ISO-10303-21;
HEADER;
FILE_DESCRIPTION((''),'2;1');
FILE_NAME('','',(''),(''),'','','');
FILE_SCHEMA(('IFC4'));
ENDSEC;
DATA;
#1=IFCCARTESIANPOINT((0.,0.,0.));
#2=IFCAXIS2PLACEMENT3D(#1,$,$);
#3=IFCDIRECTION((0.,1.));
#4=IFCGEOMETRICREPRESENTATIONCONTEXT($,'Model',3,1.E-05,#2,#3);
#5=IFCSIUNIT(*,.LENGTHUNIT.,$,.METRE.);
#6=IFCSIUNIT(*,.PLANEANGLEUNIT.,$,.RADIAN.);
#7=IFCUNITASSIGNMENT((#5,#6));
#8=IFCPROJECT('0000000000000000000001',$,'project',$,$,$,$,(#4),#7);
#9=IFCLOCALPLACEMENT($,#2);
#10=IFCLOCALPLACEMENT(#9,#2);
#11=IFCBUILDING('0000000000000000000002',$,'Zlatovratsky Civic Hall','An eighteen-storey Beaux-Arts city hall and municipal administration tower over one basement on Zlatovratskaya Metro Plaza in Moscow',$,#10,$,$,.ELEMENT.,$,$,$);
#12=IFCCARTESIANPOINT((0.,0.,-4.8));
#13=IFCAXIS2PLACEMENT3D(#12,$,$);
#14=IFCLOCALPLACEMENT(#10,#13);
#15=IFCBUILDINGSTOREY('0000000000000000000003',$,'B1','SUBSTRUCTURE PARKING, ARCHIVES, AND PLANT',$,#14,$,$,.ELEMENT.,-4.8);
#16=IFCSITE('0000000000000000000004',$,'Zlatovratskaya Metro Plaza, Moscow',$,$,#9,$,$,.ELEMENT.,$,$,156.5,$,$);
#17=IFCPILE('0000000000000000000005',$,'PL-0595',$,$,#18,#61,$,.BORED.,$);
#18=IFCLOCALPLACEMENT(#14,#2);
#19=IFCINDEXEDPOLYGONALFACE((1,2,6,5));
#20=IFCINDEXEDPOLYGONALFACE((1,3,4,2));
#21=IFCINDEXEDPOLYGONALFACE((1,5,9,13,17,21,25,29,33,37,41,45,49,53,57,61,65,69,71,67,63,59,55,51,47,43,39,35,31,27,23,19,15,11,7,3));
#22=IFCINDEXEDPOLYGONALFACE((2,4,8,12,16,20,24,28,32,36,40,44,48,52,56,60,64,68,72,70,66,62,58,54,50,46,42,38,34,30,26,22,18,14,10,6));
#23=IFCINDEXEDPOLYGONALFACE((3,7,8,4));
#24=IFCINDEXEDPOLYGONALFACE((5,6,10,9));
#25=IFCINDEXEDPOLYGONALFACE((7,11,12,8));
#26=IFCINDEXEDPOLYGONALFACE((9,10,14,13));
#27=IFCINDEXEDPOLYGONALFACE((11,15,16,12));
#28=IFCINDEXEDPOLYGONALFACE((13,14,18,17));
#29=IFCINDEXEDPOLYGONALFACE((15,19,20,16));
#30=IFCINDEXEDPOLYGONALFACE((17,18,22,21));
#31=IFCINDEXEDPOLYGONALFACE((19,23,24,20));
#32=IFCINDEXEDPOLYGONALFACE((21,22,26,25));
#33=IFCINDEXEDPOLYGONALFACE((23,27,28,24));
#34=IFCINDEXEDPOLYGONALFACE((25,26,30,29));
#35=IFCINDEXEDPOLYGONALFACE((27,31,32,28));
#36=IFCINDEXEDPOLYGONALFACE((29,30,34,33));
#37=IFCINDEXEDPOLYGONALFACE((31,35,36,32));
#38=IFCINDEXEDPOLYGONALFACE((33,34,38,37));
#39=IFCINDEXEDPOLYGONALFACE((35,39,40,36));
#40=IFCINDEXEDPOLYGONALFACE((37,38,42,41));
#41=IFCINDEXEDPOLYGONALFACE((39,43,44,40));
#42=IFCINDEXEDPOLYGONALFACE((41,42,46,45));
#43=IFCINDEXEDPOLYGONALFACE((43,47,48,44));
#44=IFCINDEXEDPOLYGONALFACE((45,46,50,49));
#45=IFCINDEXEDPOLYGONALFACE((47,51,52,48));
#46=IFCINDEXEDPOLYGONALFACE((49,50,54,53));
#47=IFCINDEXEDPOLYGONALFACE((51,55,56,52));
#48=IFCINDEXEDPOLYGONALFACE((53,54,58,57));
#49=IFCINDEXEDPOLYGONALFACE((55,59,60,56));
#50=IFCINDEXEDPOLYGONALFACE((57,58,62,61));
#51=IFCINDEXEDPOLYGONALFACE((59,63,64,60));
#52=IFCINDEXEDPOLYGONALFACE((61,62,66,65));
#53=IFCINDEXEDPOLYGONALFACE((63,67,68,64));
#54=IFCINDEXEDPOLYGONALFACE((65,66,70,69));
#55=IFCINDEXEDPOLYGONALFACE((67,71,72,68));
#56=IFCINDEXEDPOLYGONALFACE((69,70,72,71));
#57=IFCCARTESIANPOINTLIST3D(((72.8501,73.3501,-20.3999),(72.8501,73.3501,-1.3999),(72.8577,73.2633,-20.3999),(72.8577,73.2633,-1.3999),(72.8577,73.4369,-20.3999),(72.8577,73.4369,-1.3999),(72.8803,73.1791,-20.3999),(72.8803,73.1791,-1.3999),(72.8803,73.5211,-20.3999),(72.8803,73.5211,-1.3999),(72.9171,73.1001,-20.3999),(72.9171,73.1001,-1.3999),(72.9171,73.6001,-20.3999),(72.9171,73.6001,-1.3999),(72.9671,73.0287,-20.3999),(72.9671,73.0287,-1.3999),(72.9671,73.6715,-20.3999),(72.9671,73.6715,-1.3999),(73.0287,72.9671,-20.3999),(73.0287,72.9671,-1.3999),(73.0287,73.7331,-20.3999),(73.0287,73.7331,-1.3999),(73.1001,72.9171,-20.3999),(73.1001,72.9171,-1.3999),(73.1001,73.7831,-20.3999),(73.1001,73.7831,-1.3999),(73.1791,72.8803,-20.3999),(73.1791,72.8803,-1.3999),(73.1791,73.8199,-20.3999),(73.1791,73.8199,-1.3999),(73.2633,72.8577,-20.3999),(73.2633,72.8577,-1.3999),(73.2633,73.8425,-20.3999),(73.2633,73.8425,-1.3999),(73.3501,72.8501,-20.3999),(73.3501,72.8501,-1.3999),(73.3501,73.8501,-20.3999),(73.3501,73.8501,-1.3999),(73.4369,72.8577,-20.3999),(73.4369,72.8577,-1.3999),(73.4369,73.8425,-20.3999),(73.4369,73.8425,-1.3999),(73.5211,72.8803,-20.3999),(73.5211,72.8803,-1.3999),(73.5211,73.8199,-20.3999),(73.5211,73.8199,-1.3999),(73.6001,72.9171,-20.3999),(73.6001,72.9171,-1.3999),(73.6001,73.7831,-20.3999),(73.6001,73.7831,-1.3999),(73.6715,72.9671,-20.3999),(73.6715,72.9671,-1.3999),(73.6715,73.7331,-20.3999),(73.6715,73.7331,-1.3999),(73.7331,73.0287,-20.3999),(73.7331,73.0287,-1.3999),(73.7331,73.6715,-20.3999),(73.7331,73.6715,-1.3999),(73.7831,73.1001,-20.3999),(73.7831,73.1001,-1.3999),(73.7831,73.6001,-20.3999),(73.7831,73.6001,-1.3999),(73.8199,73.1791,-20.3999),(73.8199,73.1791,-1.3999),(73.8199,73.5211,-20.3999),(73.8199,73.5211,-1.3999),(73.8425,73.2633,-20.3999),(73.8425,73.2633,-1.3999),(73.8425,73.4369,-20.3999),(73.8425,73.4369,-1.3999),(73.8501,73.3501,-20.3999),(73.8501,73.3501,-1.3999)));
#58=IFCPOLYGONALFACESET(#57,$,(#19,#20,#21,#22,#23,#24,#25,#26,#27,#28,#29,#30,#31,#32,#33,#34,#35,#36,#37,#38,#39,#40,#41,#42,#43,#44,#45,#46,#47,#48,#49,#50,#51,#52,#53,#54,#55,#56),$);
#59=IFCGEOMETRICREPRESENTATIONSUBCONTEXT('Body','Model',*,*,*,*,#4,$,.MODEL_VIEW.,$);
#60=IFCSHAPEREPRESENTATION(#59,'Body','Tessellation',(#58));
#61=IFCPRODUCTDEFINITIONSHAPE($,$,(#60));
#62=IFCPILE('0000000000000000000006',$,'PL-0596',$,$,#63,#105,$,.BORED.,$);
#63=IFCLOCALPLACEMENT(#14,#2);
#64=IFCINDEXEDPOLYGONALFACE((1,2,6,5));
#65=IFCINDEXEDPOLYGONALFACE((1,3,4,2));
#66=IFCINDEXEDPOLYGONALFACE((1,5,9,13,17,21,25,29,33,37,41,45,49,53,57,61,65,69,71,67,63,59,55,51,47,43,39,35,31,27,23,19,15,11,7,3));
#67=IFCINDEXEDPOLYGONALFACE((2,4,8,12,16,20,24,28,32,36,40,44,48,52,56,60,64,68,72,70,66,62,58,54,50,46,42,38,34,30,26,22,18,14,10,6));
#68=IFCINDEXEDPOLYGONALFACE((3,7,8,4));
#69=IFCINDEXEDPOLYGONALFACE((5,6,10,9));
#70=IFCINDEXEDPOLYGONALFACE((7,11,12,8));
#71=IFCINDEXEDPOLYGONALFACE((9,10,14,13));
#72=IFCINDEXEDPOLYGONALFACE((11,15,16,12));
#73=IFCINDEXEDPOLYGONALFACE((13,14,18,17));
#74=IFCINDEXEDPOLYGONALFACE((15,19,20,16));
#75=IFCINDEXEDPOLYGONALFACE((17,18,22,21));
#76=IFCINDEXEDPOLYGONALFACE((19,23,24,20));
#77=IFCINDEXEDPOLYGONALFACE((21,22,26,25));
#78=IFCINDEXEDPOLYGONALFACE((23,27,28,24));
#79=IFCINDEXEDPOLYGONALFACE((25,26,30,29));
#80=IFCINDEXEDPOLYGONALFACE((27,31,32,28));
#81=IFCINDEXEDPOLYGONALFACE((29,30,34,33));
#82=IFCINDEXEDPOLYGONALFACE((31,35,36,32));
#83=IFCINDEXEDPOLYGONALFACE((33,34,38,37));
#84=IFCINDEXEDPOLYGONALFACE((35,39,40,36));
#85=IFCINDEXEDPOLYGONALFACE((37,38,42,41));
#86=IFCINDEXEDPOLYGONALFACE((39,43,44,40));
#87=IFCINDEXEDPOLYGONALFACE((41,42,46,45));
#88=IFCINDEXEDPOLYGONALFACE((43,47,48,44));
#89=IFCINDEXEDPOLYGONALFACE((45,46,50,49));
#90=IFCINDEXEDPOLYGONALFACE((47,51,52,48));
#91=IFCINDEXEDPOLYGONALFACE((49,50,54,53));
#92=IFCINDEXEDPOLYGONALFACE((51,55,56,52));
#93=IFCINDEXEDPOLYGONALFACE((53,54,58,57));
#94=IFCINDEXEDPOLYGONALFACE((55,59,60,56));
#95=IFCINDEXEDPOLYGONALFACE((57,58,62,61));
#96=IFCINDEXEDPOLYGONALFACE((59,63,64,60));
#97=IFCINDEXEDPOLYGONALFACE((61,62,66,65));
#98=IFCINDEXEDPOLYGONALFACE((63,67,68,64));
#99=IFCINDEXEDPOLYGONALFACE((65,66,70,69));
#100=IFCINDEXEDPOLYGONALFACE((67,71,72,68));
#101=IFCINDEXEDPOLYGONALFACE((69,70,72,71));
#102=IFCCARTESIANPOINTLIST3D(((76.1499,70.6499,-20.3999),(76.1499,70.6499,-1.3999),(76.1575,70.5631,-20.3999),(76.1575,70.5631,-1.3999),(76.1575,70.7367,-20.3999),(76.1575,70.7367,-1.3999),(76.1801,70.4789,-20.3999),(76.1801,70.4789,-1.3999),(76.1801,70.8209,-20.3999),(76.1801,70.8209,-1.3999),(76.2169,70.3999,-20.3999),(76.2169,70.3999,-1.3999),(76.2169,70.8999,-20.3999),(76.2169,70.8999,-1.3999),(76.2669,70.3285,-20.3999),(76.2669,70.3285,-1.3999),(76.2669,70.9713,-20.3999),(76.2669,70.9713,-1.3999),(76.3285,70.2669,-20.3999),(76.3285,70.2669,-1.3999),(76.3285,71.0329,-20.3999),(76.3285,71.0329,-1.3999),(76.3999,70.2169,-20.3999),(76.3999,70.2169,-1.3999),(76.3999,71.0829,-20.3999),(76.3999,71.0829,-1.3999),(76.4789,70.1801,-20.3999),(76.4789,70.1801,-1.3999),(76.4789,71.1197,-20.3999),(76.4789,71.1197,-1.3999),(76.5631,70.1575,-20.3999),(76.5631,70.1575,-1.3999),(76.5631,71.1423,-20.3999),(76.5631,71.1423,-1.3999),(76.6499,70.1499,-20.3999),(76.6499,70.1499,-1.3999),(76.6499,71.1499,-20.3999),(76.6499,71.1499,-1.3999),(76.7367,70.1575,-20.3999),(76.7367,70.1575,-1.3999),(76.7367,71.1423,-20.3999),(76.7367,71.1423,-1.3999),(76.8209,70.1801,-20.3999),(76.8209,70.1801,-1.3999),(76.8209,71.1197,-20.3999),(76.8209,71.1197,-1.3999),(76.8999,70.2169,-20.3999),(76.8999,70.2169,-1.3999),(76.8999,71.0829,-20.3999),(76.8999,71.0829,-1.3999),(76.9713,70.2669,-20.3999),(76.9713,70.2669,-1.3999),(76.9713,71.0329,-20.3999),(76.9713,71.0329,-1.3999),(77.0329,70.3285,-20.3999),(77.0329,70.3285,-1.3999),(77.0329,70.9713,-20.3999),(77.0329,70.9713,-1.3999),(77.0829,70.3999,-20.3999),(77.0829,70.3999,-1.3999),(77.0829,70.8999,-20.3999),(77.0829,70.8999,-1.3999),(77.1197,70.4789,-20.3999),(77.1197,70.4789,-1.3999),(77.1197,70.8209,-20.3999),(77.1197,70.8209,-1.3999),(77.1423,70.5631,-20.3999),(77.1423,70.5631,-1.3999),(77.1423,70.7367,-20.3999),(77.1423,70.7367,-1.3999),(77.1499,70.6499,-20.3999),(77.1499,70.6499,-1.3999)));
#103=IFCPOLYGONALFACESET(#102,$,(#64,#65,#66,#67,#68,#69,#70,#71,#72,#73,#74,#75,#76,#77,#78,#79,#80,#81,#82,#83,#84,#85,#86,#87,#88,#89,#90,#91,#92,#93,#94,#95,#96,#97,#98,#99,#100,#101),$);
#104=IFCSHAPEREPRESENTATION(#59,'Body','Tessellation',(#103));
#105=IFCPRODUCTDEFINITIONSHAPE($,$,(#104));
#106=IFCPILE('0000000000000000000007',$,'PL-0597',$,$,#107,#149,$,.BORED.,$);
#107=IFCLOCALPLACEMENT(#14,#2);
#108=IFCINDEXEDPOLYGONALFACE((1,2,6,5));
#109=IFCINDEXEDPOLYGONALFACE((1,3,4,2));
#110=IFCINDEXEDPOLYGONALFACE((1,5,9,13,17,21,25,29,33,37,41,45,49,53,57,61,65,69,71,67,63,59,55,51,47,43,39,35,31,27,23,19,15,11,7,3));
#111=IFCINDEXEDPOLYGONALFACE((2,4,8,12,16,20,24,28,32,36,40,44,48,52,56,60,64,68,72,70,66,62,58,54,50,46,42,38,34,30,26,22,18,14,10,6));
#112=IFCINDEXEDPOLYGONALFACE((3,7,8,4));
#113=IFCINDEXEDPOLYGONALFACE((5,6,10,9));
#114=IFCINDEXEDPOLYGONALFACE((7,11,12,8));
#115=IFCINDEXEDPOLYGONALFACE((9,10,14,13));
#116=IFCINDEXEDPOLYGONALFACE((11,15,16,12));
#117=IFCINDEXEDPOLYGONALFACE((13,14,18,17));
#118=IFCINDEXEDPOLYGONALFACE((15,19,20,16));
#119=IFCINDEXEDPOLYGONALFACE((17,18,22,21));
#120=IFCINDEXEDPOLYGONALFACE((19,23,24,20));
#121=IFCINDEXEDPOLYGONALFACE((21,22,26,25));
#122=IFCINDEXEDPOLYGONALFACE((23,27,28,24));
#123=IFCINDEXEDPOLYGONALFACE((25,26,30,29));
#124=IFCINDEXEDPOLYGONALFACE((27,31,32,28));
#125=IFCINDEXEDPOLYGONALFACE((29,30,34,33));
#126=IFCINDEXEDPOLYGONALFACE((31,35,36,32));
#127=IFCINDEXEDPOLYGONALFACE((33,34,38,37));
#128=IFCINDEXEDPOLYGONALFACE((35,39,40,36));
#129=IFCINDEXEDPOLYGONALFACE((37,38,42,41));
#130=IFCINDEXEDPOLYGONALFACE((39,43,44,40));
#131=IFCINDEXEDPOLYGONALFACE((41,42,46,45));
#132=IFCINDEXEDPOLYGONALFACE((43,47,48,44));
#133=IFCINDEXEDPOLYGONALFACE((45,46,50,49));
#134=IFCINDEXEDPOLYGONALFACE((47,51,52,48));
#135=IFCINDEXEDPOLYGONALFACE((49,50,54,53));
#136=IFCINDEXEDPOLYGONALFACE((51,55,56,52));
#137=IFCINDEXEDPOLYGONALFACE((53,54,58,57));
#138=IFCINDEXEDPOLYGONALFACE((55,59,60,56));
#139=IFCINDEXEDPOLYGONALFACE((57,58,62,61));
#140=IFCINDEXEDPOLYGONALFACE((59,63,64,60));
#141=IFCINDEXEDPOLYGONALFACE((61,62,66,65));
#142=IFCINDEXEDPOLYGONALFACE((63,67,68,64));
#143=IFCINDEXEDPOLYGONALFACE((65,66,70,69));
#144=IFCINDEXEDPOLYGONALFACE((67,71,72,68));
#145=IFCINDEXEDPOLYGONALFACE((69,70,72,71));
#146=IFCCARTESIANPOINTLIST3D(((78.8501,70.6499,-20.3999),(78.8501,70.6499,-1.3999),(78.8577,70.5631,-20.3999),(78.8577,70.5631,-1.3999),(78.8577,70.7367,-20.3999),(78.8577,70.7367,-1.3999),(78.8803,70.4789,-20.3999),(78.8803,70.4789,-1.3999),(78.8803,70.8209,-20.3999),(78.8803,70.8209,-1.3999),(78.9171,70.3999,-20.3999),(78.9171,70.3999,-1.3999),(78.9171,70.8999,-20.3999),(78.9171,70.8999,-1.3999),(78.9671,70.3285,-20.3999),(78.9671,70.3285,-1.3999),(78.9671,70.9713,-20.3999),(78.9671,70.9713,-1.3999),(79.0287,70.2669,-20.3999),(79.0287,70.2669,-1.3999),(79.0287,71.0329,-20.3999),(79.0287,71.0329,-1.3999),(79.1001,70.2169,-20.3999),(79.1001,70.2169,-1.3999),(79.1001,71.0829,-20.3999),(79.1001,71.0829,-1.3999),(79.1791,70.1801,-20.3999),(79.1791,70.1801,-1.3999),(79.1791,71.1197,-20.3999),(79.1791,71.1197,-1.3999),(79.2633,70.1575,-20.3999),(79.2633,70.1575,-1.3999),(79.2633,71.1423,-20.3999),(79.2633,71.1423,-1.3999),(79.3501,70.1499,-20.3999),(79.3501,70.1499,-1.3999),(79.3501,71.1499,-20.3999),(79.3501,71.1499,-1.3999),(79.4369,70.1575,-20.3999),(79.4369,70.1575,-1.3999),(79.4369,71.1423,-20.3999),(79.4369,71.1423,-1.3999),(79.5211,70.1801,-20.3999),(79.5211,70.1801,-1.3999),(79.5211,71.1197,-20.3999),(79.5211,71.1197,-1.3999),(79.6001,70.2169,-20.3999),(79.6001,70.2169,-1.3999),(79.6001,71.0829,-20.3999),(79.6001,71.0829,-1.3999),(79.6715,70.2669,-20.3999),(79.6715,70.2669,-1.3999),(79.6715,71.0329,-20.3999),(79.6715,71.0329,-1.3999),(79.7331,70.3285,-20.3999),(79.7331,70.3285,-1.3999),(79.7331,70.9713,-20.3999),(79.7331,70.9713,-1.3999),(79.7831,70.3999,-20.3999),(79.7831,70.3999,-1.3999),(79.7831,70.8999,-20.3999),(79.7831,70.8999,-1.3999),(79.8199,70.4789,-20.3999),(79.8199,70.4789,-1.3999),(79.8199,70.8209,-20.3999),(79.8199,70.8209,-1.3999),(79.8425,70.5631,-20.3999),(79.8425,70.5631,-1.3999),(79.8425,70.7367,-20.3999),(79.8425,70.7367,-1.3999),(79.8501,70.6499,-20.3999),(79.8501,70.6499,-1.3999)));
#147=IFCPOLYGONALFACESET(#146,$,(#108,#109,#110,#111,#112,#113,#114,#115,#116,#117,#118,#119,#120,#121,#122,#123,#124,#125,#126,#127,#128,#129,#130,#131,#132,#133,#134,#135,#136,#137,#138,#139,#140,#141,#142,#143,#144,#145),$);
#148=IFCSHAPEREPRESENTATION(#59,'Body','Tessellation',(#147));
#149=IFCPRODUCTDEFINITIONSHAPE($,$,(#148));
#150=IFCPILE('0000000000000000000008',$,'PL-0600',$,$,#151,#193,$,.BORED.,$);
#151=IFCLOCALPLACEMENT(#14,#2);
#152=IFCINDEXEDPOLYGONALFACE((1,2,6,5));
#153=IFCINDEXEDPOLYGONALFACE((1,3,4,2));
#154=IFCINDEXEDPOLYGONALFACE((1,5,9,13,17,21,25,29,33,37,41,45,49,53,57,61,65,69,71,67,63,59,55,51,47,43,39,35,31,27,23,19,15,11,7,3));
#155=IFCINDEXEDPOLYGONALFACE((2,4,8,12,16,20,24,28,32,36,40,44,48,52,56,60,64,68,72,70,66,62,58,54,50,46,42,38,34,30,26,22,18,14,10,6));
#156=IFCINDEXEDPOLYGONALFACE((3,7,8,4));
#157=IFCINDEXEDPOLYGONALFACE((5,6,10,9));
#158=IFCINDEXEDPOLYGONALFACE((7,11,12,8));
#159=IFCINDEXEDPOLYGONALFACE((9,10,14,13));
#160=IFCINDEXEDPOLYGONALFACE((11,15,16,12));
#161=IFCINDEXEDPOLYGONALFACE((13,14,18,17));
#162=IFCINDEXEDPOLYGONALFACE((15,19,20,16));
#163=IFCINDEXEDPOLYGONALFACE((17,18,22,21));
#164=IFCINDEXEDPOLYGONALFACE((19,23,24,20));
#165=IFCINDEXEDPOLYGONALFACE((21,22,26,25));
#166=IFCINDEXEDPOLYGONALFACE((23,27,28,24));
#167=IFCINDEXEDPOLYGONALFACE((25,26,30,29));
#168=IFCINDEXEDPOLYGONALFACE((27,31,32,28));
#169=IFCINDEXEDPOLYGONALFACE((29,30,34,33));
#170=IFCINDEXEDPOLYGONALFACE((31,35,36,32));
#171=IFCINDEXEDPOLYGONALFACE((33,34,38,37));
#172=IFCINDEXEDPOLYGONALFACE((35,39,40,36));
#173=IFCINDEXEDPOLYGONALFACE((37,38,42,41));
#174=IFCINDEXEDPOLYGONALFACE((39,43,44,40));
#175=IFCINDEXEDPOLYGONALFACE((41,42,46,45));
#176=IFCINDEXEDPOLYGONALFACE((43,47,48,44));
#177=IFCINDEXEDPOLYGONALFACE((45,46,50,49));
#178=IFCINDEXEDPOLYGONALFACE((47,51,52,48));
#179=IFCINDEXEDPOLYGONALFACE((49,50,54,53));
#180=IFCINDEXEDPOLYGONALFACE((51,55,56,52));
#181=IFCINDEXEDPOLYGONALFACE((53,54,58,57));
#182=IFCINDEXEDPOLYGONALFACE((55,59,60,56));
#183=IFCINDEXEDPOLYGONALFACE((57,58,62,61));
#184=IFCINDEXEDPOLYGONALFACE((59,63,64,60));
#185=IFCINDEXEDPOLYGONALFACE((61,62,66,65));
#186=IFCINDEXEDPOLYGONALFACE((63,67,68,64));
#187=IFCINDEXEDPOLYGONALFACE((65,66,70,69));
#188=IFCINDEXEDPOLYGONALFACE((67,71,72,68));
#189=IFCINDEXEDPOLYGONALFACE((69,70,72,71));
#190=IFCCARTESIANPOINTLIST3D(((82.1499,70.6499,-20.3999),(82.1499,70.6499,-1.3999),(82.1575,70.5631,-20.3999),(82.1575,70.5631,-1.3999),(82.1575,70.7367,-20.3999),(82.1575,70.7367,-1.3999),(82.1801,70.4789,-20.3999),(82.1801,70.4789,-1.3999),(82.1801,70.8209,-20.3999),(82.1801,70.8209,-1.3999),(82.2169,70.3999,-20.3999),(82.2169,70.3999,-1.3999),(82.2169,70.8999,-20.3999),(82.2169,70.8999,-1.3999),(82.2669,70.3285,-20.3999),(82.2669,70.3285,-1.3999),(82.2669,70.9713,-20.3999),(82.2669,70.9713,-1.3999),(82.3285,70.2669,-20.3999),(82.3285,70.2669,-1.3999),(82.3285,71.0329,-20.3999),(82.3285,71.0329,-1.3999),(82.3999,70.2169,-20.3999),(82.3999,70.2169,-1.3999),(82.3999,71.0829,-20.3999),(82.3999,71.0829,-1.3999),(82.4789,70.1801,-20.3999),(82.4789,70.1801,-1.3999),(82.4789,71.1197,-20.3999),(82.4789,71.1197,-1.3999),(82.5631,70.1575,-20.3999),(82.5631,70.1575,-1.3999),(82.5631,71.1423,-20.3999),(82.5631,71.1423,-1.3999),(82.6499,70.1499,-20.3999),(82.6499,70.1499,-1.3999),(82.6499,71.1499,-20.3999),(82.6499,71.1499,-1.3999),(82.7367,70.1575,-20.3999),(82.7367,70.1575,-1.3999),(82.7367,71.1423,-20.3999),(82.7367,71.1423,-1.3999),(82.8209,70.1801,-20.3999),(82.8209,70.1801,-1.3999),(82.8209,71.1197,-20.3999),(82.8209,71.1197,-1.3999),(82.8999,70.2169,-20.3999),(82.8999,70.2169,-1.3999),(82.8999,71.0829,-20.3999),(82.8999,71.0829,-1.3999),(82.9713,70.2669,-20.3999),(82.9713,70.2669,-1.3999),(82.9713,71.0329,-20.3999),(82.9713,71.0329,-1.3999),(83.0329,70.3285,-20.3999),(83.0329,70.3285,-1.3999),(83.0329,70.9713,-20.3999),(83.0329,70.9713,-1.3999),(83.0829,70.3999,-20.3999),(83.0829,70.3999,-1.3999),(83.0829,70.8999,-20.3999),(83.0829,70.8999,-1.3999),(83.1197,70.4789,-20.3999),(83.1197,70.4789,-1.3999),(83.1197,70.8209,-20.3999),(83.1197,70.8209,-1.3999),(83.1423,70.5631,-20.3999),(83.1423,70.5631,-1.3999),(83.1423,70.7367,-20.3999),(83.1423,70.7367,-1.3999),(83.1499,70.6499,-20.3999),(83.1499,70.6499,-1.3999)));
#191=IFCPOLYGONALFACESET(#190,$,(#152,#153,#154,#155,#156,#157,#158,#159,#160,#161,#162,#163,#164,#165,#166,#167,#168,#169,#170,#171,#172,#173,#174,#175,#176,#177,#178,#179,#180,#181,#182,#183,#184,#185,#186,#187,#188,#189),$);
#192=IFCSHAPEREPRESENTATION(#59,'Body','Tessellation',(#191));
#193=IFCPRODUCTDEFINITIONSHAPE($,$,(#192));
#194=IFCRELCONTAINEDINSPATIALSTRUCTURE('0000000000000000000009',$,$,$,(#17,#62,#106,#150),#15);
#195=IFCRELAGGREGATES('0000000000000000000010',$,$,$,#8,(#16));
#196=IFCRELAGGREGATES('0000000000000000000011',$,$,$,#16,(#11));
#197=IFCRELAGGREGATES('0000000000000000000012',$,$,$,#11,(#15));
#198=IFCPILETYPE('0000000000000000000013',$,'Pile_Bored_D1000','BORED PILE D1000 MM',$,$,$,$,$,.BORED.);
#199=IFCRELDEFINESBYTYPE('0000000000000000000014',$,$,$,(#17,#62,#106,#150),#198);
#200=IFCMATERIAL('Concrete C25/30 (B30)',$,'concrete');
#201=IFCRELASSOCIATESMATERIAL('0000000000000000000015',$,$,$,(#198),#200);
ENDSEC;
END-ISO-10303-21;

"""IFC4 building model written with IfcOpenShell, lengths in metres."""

from ifc_helpers import new_model, si_unit, direction, frame, origin, origin_2d, place, context, subcontext, project, spatial, circle, extrude, material, material_profile, profile_set, type_object, element, save


model = new_model("IFC4")

# Units and contexts
model_context = context("Model", 3, precision=1e-05, world=origin(), true_north=direction((0.0, 1.0)))
body_context = subcontext(model_context, "Body", "Model", "MODEL_VIEW")
ifc_project = project(units=[si_unit("LENGTHUNIT", "METRE"), si_unit("PLANEANGLEUNIT", "RADIAN")], contexts=[model_context])

# Site, building, storey
site_placement = place(None, origin())
site = spatial("IfcSite", under=ifc_project, at=site_placement, Name="Zlatovratskaya Metro Plaza, Moscow", CompositionType="ELEMENT", RefElevation=156.5)
building_placement = place(site_placement, origin())
building = spatial("IfcBuilding", under=site, at=building_placement, Name="Zlatovratsky Civic Hall", Description="An eighteen-storey Beaux-Arts city hall and municipal administration tower over one basement on Zlatovratskaya Metro Plaza in Moscow", CompositionType="ELEMENT")
storey_placement = place(building_placement, frame((0.0, 0.0, -4.8)))
storey = spatial("IfcBuildingStorey", under=building, at=storey_placement, Name="B1", Description="SUBSTRUCTURE PARKING, ARCHIVES, AND PLANT", CompositionType="ELEMENT", Elevation=-4.8)

# Shared definitions
ifc_material_1 = material(Name="Concrete C25/30 (B30)", Category="concrete")

# Piles
ifc_material_profile_1 = material_profile(ifc_material_1, circle(Radius=0.5, at=origin_2d()), Name="PILE D1000")
ifc_profile_set_1 = profile_set([ifc_material_profile_1], Name="Concrete C25/30 (B30)")
pile_type_1 = type_object("IfcPileType", Name="Pile_Bored_D1000", Description="BORED PILE D1000 MM", PredefinedType="BORED", material=ifc_profile_set_1)
for number, where, z_axis, x_axis, name in (
    (1, (73.3501, 73.3501, -1.3999), (0.0, 0.0, -1.0), (1.0, 0.0, 0.0), "PL-0595"),
    (2, (76.6499, 70.6499, -1.3999), (0.0, 0.0, -1.0), (1.0, 0.0, 0.0), "PL-0596"),
    (3, (79.3501, 70.6499, -1.3999), (0.0, 0.0, -1.0), (1.0, 0.0, 0.0), "PL-0597"),
    (4, (82.6499, 70.6499, -1.3999), (0.0, 0.0, -1.0), (1.0, 0.0, 0.0), "PL-0600"),
):
    element("IfcPile", number, at=place(storey_placement, frame(where, z_axis=z_axis, x_axis=x_axis)), inside=storey, type_object=pile_type_1, Name=name, PredefinedType="BORED", context=body_context, shape_type="SweptSolid", body=[
        extrude(circle(Radius=0.5, at=origin_2d()), origin(), (0.0, 0.0, 1.0), 19.0),
    ])

save(model, "model.ifc")
